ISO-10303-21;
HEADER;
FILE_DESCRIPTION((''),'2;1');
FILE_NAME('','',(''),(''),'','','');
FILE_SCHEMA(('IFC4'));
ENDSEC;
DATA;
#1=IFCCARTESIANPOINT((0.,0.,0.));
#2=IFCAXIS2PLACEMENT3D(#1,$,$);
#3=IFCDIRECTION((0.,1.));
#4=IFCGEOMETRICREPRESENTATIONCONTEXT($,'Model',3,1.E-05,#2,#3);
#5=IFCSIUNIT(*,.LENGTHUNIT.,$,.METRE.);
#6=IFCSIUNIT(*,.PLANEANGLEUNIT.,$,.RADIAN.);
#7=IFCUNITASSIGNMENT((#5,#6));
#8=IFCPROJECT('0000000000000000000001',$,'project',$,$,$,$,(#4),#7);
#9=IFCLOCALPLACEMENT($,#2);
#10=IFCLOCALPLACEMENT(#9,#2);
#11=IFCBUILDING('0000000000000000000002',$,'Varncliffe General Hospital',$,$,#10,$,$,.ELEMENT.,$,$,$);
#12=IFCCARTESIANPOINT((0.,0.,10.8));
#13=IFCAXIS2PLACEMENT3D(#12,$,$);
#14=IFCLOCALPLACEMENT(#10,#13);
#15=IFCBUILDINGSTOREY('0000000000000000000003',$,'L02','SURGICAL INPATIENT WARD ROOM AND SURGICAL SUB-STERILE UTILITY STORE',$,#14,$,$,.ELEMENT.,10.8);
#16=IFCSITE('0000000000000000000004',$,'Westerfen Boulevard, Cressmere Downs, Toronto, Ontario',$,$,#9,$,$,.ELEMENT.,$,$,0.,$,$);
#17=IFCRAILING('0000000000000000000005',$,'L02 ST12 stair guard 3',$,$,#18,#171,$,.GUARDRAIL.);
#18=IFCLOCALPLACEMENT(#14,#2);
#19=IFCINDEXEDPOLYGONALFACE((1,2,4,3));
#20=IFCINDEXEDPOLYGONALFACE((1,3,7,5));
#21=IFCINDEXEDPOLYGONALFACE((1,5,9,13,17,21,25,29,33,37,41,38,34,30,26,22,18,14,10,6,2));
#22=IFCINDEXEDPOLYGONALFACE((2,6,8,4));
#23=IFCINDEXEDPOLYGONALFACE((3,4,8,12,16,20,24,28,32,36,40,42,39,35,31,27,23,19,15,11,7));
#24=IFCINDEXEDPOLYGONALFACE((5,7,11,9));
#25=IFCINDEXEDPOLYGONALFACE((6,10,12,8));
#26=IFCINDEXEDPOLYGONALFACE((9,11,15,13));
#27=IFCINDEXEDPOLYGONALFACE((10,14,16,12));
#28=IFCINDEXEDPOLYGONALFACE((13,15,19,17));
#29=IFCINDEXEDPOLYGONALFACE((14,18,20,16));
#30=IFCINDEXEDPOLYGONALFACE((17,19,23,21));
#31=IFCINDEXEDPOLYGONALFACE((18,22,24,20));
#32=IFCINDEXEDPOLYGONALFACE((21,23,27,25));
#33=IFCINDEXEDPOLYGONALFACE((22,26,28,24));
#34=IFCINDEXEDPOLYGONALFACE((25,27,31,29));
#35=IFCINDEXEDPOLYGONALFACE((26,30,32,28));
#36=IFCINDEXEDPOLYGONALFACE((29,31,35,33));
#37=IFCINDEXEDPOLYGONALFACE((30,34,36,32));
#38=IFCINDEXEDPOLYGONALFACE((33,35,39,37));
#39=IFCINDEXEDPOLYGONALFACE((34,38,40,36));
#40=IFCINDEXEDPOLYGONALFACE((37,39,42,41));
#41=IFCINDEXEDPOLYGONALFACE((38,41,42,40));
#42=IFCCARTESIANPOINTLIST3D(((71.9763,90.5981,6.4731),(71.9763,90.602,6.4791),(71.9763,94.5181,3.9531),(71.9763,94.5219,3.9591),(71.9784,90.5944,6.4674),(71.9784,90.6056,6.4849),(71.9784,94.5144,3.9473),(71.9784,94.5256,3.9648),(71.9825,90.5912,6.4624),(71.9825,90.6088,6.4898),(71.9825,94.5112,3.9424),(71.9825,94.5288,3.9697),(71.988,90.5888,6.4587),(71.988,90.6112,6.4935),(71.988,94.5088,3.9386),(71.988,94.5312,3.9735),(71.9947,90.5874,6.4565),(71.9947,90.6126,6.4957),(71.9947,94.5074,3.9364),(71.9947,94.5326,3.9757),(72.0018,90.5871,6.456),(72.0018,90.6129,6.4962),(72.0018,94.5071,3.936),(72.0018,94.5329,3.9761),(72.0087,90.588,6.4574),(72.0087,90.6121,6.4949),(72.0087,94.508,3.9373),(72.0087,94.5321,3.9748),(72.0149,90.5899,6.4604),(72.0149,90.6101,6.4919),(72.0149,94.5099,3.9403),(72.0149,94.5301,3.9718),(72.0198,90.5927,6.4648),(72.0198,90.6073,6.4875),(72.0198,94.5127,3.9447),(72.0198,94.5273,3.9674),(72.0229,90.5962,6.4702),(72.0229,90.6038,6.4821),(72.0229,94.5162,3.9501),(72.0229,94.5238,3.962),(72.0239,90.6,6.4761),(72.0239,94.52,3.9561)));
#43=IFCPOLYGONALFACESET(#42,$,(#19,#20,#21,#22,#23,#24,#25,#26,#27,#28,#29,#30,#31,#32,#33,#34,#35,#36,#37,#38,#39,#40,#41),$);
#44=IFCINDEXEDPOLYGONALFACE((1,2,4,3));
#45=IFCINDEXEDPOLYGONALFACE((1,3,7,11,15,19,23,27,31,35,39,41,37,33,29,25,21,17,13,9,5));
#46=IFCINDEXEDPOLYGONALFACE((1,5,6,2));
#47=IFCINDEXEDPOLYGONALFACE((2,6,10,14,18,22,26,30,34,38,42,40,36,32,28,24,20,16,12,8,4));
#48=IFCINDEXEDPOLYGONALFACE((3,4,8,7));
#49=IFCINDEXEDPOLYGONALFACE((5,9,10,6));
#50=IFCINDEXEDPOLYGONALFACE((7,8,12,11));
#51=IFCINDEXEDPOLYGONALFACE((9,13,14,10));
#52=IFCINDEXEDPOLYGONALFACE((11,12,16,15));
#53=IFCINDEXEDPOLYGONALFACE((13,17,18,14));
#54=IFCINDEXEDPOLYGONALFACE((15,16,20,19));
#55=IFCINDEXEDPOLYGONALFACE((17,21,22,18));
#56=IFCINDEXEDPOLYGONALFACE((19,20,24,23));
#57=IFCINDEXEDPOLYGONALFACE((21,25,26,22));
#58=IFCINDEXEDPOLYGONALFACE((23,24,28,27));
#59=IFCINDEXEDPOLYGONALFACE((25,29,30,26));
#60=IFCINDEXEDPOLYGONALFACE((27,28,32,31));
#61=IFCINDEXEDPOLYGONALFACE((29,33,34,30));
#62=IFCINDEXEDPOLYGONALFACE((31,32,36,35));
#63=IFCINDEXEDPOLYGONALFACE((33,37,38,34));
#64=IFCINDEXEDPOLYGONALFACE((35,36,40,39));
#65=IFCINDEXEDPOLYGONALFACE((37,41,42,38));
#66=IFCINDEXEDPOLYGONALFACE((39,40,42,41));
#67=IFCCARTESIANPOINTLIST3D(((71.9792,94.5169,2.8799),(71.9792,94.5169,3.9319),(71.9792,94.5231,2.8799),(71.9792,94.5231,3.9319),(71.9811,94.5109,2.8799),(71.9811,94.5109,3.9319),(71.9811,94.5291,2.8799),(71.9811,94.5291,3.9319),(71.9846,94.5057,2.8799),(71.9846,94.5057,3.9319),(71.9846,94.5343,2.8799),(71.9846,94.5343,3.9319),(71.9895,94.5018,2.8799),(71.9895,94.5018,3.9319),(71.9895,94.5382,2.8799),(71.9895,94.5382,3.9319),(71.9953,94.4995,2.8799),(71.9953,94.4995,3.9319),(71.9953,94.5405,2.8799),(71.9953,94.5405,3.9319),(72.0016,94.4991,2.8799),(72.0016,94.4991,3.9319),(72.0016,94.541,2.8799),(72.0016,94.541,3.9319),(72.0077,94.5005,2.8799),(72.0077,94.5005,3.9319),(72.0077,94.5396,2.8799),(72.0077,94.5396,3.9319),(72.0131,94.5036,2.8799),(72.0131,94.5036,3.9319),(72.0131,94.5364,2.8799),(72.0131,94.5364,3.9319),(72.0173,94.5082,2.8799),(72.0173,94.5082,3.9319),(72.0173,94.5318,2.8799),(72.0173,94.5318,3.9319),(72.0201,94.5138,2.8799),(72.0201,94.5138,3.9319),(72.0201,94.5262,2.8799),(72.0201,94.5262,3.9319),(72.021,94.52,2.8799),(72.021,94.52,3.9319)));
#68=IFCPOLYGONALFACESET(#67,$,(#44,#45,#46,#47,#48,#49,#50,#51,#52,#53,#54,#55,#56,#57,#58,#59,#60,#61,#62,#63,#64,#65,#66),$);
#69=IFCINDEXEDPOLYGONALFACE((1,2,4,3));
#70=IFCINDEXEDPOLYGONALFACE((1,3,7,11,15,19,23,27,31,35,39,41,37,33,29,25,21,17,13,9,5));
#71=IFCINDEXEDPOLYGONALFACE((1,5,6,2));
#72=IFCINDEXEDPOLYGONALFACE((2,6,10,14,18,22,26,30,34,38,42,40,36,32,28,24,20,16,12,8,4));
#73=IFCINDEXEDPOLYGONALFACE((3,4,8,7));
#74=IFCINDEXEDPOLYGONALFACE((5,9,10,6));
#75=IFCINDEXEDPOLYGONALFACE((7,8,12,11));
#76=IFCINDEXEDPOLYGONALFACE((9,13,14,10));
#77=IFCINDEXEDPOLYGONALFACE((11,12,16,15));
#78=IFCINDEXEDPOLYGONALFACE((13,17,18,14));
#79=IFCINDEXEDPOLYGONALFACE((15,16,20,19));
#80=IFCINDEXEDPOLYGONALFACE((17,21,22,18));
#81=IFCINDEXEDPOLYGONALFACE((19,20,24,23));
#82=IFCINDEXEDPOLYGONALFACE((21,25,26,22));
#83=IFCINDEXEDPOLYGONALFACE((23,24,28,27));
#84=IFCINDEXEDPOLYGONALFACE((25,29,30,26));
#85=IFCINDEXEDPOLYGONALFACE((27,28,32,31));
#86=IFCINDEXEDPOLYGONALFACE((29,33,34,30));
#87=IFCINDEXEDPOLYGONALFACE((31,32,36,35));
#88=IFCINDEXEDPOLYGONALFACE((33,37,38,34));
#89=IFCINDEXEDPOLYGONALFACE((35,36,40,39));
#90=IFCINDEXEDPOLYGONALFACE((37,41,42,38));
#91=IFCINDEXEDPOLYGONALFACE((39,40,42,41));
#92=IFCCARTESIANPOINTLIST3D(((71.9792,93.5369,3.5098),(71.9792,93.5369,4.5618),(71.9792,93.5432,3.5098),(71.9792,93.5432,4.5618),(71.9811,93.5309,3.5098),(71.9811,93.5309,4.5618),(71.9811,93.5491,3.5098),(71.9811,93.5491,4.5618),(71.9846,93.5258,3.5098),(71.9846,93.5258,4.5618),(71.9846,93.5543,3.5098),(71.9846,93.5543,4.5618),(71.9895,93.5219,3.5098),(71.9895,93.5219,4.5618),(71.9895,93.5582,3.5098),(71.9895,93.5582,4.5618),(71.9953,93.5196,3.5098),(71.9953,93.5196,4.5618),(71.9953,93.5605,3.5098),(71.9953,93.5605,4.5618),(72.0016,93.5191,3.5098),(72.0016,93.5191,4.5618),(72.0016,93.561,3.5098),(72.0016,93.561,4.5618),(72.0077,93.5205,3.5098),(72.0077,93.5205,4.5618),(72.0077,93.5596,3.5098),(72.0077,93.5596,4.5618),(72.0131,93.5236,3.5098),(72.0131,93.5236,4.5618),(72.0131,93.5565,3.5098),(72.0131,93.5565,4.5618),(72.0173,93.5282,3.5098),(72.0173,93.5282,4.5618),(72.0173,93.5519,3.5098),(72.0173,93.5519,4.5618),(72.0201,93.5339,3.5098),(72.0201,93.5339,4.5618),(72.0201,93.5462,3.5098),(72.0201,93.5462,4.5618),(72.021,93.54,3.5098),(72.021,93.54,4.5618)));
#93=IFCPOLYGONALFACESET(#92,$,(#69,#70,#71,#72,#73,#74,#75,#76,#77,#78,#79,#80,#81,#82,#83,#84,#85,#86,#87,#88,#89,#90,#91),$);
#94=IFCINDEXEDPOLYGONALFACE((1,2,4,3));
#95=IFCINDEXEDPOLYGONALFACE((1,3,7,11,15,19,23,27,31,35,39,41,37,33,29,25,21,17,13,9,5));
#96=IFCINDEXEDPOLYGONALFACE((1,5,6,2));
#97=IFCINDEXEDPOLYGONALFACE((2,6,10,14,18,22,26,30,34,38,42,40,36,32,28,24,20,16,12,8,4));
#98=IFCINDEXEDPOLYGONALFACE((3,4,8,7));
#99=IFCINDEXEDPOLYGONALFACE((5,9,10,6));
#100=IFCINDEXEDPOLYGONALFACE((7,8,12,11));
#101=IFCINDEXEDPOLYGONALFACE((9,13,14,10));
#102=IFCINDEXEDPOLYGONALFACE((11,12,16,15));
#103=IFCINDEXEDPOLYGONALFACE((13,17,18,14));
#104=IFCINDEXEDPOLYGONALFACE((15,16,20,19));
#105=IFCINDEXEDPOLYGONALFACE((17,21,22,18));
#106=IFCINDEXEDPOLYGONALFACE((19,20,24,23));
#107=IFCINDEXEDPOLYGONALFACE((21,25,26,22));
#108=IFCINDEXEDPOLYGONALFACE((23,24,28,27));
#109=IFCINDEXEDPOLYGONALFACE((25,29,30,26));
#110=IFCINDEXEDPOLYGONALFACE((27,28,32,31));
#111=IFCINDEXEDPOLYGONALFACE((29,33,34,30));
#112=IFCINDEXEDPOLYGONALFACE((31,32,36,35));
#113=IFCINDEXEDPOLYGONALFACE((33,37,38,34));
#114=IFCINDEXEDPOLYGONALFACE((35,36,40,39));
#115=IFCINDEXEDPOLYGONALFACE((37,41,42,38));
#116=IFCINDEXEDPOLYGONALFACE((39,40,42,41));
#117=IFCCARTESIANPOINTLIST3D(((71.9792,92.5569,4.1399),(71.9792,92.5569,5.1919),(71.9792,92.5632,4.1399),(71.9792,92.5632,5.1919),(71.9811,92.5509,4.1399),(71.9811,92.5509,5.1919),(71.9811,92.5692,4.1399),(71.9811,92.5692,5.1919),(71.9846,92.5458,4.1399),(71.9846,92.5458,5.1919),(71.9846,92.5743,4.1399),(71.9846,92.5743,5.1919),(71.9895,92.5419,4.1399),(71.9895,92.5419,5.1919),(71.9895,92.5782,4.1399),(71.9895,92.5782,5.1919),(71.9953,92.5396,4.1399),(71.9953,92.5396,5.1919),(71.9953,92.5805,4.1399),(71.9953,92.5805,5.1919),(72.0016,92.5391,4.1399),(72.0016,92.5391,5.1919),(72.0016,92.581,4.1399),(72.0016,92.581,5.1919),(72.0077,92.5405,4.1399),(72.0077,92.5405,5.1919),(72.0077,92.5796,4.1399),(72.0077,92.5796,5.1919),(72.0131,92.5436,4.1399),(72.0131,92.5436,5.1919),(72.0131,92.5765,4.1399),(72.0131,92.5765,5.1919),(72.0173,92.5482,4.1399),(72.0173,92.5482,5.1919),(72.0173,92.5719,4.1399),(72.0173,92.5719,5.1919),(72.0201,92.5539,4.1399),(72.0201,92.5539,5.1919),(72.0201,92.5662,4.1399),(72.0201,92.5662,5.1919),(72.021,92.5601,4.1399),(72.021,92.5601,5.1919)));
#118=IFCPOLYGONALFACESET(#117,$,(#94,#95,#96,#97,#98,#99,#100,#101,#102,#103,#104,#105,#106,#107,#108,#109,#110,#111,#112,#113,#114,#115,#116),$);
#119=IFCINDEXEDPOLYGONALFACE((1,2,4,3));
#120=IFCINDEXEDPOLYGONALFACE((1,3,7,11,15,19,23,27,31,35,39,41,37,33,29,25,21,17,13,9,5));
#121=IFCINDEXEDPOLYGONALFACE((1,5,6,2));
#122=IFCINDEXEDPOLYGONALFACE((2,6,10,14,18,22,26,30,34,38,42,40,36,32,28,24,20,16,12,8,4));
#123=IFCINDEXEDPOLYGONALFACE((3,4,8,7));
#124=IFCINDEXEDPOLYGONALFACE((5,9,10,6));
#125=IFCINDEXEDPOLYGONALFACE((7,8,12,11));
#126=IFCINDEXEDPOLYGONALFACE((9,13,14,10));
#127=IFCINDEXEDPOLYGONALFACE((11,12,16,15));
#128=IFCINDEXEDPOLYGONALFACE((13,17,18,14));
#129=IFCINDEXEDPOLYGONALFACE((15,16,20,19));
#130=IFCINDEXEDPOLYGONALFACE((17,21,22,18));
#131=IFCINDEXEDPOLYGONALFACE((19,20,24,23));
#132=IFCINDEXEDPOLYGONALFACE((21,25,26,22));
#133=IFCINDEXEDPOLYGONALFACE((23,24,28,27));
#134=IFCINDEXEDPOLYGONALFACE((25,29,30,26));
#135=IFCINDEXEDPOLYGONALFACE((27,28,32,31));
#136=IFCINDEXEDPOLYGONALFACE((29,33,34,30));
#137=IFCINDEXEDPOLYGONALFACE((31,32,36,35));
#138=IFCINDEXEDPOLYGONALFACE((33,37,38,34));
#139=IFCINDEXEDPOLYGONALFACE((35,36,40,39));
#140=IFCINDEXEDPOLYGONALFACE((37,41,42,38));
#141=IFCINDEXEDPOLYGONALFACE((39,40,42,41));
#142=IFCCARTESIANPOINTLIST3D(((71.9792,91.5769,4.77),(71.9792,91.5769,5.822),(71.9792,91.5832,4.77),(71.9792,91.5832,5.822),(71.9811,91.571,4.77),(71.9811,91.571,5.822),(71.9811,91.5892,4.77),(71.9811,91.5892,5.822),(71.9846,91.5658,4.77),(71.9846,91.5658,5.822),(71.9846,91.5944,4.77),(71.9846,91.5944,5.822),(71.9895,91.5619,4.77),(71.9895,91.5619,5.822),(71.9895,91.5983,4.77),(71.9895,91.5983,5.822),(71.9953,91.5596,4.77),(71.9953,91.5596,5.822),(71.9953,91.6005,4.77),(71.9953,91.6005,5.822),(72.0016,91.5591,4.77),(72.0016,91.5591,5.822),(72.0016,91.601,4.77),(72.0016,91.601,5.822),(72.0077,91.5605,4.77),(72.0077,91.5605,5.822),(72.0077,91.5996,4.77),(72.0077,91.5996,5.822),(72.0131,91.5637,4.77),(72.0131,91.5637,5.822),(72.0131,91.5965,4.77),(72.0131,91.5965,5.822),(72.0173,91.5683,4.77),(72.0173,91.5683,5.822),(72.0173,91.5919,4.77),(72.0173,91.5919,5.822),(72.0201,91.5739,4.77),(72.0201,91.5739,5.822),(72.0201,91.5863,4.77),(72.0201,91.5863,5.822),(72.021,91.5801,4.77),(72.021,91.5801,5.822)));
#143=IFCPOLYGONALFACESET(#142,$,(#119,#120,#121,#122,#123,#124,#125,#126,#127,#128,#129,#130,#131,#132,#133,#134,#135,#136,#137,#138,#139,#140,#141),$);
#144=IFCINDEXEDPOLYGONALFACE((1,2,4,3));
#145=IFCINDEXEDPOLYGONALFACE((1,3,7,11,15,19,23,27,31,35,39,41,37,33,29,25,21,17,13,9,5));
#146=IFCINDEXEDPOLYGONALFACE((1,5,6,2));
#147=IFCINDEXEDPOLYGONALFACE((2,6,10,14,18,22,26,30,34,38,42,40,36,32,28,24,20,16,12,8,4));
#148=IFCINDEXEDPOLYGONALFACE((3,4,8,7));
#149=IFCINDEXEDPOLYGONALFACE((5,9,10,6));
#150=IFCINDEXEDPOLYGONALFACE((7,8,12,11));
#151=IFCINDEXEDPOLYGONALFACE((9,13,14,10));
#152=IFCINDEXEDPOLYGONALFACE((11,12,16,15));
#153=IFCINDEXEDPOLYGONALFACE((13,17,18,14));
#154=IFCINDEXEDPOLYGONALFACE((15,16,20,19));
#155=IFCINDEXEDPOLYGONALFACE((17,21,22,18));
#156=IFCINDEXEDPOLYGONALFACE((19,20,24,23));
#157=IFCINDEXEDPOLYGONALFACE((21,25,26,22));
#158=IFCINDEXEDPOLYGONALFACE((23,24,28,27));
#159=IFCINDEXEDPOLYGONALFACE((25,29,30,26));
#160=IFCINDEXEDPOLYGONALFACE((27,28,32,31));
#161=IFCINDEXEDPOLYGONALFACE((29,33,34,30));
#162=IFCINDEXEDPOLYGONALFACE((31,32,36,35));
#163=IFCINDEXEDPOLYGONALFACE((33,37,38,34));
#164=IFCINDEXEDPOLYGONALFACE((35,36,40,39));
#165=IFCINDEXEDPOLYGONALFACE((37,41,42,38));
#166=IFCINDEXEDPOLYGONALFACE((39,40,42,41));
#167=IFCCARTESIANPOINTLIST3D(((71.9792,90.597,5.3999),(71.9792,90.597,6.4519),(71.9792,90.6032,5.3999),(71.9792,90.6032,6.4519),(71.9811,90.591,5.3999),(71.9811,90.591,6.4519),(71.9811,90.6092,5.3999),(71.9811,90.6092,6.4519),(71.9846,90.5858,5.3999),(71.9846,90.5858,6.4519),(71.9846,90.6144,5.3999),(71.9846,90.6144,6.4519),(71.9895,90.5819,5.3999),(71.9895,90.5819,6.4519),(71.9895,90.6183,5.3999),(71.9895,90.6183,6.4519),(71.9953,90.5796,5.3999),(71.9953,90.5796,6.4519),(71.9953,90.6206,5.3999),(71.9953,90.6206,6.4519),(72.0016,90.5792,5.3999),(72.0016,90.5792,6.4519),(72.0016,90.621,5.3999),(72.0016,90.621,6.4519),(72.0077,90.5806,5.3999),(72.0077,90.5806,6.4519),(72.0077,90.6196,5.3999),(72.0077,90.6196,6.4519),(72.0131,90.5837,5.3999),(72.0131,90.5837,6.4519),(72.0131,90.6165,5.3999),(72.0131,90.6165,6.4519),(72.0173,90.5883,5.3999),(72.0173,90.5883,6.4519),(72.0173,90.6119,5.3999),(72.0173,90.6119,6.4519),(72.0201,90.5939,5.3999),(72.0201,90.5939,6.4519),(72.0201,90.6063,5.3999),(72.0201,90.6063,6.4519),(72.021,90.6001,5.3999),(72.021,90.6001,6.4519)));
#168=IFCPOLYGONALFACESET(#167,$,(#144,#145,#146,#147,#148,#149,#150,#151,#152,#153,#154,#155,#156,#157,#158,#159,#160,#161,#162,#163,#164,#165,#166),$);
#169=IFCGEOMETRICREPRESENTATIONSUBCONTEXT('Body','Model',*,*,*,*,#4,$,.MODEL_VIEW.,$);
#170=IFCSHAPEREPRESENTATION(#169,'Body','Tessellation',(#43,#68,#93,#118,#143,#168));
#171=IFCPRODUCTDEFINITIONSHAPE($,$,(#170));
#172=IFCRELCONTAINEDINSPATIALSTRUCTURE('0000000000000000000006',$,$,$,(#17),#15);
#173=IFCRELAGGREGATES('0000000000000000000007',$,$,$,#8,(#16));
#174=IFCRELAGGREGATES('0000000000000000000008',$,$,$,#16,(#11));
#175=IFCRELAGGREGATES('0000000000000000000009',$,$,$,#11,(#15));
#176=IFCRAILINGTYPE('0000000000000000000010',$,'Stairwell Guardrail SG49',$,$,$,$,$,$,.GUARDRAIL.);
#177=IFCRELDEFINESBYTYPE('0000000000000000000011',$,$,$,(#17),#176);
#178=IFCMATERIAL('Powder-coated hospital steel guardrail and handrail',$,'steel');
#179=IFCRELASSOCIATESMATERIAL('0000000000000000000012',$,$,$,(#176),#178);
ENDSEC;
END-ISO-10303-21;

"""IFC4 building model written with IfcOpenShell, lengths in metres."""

from ifc_helpers import new_model, si_unit, direction, frame, origin, origin_2d, place, context, subcontext, project, spatial, circle, extrude, material, type_object, element, save


model = new_model("IFC4")

# Units and contexts
model_context = context("Model", 3, precision=1e-05, world=origin(), true_north=direction((0.0, 1.0)))
body_context = subcontext(model_context, "Body", "Model", "MODEL_VIEW")
ifc_project = project(units=[si_unit("LENGTHUNIT", "METRE"), si_unit("PLANEANGLEUNIT", "RADIAN")], contexts=[model_context])

# Site, building, storey
site_placement = place(None, origin())
site = spatial("IfcSite", under=ifc_project, at=site_placement, Name="Westerfen Boulevard, Cressmere Downs, Toronto, Ontario", CompositionType="ELEMENT", RefElevation=0.0)
building_placement = place(site_placement, origin())
building = spatial("IfcBuilding", under=site, at=building_placement, Name="Varncliffe General Hospital", CompositionType="ELEMENT")
storey_placement = place(building_placement, frame((0.0, 0.0, 10.8)))
storey = spatial("IfcBuildingStorey", under=building, at=storey_placement, Name="L02", Description="SURGICAL INPATIENT WARD ROOM AND SURGICAL SUB-STERILE UTILITY STORE", CompositionType="ELEMENT", Elevation=10.8)

# Railing
ifc_material_1 = material(Name="Powder-coated hospital steel guardrail and handrail", Category="steel")
railing_type_1 = type_object("IfcRailingType", Name="Stairwell Guardrail SG49", PredefinedType="GUARDRAIL", material=ifc_material_1)
railing_1_placement = place(storey_placement, frame((72.0, 94.52, 2.8799)))
element("IfcRailing", 1, at=railing_1_placement, inside=storey, type_object=railing_type_1, Name="L02 ST12 stair guard 3", PredefinedType="GUARDRAIL", context=body_context, shape_type="SweptSolid", body=[
    extrude(circle(Radius=0.0239, at=origin_2d()), frame((0.0, 0.0, 1.0762), z_axis=(0.0, -0.841172, 0.540768), x_axis=(1.0, 0.0, 0.0)), (0.0, 0.0, 1.0), 4.6602),
    extrude(circle(Radius=0.021, at=origin_2d()), origin(), (0.0, 0.0, 1.0), 1.052),
    extrude(circle(Radius=0.021, at=origin_2d()), frame((0.0, -0.98, 0.6299)), (0.0, 0.0, 1.0), 1.052),
    extrude(circle(Radius=0.021, at=origin_2d()), frame((0.0, -1.96, 1.26)), (0.0, 0.0, 1.0), 1.052),
    extrude(circle(Radius=0.021, at=origin_2d()), frame((0.0, -2.9399, 1.8901)), (0.0, 0.0, 1.0), 1.052),
    extrude(circle(Radius=0.021, at=origin_2d()), frame((0.0, -3.9199, 2.52)), (0.0, 0.0, 1.0), 1.052),
])

save(model, "model.ifc")
